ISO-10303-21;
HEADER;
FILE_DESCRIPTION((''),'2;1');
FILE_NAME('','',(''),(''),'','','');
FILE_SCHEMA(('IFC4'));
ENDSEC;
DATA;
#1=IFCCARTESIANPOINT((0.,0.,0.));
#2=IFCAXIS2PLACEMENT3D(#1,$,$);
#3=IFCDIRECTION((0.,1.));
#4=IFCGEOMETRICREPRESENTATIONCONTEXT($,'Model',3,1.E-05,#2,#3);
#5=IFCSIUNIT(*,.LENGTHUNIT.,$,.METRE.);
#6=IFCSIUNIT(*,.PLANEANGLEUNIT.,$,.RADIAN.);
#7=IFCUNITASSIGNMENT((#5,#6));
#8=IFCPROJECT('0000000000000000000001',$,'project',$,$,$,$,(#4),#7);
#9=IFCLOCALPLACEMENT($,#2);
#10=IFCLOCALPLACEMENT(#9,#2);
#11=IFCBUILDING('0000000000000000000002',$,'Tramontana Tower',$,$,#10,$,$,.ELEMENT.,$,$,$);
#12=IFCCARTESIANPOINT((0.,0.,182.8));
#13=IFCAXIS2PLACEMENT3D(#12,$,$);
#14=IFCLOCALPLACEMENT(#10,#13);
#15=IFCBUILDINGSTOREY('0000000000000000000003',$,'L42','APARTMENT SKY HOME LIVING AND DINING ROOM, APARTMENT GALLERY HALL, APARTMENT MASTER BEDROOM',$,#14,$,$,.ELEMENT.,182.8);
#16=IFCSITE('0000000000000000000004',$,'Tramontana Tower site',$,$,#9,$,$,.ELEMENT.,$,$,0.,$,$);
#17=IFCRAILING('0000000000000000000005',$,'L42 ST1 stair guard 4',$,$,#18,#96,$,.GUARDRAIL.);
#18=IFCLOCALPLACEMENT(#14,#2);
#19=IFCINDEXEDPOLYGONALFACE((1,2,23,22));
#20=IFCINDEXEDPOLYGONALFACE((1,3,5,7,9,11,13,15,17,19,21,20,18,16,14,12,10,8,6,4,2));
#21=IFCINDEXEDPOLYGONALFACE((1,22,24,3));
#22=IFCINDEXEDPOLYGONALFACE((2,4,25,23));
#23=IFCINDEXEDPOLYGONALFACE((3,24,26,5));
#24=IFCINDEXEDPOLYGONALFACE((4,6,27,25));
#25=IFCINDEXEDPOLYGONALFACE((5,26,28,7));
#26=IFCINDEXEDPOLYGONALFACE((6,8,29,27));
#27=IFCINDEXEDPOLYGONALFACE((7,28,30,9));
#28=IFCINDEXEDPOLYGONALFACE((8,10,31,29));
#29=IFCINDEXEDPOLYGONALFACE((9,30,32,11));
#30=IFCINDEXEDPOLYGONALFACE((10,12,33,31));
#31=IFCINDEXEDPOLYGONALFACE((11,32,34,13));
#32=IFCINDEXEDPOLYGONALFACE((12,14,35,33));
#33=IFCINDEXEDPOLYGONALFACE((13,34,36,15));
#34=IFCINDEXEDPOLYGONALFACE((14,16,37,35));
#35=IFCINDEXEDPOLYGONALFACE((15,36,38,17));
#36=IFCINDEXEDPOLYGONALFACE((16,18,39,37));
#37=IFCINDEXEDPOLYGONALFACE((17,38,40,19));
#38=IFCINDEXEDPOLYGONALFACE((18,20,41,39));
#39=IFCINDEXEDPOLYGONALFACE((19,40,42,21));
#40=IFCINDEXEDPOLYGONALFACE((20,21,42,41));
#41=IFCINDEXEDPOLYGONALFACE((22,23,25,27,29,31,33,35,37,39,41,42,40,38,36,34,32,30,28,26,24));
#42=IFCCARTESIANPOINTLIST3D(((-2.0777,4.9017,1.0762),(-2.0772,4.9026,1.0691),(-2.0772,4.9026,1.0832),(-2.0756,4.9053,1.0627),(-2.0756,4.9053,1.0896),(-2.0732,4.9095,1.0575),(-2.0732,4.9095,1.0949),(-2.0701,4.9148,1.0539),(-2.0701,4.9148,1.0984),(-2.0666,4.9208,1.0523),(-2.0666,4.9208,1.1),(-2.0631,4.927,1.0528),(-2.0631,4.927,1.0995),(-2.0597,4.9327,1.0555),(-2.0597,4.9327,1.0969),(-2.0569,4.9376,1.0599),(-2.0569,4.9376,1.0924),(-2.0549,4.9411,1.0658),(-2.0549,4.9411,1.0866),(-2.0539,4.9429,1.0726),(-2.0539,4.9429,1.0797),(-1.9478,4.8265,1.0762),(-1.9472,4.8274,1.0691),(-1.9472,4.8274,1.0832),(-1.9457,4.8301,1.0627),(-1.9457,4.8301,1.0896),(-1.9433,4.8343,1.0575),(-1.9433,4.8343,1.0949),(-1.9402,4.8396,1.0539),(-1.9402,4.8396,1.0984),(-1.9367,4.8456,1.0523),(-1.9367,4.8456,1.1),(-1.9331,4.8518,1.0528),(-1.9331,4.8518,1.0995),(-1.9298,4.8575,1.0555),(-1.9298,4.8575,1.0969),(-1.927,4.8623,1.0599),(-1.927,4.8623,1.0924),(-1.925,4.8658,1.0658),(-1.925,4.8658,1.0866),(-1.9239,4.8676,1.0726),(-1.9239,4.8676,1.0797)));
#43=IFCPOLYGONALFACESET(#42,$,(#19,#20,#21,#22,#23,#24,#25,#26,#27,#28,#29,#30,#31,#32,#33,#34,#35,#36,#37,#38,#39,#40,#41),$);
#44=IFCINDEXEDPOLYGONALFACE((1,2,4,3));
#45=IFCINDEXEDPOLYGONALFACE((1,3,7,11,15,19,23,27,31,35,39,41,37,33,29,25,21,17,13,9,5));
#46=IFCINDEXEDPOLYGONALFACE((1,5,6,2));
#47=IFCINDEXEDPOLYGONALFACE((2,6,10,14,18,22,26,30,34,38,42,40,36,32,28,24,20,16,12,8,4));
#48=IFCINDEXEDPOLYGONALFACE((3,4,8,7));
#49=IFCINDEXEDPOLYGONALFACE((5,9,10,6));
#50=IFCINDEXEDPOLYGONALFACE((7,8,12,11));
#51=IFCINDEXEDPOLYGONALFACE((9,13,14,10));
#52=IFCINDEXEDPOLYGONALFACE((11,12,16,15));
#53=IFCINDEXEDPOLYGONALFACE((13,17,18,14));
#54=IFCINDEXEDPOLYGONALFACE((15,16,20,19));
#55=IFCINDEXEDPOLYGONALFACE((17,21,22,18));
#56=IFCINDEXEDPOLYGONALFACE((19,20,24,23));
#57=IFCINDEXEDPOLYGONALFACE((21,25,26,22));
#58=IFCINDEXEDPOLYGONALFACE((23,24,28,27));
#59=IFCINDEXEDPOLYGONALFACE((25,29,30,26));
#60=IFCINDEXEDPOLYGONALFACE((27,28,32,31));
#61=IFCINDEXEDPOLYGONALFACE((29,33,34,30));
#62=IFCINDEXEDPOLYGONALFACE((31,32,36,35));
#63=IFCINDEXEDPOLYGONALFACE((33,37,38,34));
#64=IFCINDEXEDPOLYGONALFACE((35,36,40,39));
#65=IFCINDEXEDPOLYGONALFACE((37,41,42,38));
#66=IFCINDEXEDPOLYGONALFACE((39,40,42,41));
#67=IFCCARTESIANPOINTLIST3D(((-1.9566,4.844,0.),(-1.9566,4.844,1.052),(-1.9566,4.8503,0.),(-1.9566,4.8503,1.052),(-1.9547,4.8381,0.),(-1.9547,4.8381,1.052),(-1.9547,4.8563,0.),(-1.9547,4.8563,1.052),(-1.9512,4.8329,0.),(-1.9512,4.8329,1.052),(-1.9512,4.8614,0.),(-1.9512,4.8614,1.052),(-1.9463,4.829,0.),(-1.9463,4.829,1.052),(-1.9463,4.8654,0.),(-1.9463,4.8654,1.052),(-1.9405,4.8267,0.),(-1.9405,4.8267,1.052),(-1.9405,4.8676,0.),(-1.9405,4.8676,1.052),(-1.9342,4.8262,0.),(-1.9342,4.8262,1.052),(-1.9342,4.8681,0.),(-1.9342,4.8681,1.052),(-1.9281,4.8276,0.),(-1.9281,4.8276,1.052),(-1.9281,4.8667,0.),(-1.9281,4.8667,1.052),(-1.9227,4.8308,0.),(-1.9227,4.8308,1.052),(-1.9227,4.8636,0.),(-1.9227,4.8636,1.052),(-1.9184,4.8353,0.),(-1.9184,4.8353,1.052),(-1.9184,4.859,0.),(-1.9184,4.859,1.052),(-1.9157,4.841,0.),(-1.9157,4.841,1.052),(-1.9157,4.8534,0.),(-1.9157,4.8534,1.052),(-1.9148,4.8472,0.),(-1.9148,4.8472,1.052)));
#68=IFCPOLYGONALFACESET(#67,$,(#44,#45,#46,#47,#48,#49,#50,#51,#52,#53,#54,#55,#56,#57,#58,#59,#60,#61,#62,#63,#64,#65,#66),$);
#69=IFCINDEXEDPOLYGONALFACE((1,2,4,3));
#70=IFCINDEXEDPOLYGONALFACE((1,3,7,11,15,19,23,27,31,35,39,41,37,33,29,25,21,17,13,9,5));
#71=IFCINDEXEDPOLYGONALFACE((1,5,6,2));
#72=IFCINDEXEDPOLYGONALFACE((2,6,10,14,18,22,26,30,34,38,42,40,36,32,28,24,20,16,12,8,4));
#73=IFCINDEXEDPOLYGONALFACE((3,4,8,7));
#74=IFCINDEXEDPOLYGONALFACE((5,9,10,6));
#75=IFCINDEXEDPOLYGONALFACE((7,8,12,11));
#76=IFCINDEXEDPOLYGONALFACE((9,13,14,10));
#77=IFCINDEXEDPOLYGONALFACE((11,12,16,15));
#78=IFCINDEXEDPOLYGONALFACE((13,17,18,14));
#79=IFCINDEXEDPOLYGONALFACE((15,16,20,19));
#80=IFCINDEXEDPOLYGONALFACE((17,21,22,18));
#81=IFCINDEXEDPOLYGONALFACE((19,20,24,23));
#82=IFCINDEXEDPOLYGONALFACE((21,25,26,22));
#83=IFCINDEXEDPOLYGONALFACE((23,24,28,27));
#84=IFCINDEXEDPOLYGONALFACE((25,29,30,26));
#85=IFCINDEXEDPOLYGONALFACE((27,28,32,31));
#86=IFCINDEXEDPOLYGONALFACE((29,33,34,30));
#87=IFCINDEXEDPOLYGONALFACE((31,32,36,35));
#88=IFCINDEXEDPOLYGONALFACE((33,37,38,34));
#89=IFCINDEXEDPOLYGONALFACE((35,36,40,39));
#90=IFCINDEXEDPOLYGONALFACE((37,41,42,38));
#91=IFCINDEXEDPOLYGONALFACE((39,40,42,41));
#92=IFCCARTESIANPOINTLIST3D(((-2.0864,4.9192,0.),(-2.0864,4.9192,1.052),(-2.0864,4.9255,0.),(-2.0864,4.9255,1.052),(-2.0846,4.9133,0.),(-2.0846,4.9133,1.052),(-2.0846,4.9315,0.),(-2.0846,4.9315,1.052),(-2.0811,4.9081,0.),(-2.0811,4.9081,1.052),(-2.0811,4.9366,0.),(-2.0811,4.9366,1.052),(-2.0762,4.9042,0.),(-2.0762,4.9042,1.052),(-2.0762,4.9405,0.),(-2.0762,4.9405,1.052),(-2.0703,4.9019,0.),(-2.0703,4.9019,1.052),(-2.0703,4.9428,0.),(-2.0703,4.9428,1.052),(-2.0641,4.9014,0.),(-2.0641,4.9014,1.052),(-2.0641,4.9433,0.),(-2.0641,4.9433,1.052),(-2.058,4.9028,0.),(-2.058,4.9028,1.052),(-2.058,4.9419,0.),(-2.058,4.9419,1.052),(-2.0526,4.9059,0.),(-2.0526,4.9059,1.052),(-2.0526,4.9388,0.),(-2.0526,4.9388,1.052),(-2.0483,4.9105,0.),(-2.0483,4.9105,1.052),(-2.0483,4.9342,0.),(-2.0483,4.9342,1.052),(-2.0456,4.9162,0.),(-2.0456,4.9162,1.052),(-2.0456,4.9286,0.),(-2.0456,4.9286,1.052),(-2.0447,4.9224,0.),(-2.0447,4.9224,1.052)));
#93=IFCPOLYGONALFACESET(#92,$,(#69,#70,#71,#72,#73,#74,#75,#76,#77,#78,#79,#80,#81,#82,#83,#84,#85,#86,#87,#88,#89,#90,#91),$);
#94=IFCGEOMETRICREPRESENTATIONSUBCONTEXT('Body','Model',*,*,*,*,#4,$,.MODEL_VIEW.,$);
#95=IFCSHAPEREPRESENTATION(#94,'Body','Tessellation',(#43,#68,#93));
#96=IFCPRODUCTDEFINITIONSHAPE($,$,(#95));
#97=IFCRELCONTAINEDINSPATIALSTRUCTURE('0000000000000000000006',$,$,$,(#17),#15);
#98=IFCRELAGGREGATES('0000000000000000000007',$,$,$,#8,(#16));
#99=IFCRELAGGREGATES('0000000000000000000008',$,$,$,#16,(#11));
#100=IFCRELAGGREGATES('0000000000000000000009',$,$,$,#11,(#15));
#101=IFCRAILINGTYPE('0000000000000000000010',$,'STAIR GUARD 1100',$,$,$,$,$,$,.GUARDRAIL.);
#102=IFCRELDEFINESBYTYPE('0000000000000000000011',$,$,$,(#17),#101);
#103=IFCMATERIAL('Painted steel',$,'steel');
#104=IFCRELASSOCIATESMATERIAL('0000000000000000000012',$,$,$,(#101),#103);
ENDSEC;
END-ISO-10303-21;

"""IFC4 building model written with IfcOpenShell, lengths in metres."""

from ifc_helpers import new_model, si_unit, direction, frame, origin, origin_2d, place, context, subcontext, project, spatial, circle, extrude, material, type_object, element, save


model = new_model("IFC4")

# Units and contexts
model_context = context("Model", 3, precision=1e-05, world=origin(), true_north=direction((0.0, 1.0)))
body_context = subcontext(model_context, "Body", "Model", "MODEL_VIEW")
ifc_project = project(units=[si_unit("LENGTHUNIT", "METRE"), si_unit("PLANEANGLEUNIT", "RADIAN")], contexts=[model_context])

# Site, building, storey
site_placement = place(None, origin())
site = spatial("IfcSite", under=ifc_project, at=site_placement, Name="Tramontana Tower site", CompositionType="ELEMENT", RefElevation=0.0)
building_placement = place(site_placement, origin())
building = spatial("IfcBuilding", under=site, at=building_placement, Name="Tramontana Tower", CompositionType="ELEMENT")
storey_placement = place(building_placement, frame((0.0, 0.0, 182.8)))
storey = spatial("IfcBuildingStorey", under=building, at=storey_placement, Name="L42", Description="APARTMENT SKY HOME LIVING AND DINING ROOM, APARTMENT GALLERY HALL, APARTMENT MASTER BEDROOM", CompositionType="ELEMENT", Elevation=182.8)

# Railing
ifc_material_1 = material(Name="Painted steel", Category="steel")
railing_type_1 = type_object("IfcRailingType", Name="STAIR GUARD 1100", PredefinedType="GUARDRAIL", material=ifc_material_1)
railing_1_placement = place(storey_placement, frame((-1.9358, 4.8472, 0.0)))
element("IfcRailing", 1, at=railing_1_placement, inside=storey, type_object=railing_type_1, Name="L42 ST1 stair guard 4", PredefinedType="GUARDRAIL", context=body_context, shape_type="SweptSolid", body=[
    extrude(circle(Radius=0.0239, at=origin_2d()), frame((0.0, 0.0, 1.0762), z_axis=(-0.865426, 0.501036, 0.0), x_axis=(-0.501036, -0.865426, 0.0)), (0.0, 0.0, 1.0), 0.1501),
    extrude(circle(Radius=0.021, at=origin_2d()), origin(), (0.0, 0.0, 1.0), 1.052),
    extrude(circle(Radius=0.021, at=origin_2d()), frame((-0.1299, 0.0752, 0.0)), (0.0, 0.0, 1.0), 1.052),
])

save(model, "model.ifc")
